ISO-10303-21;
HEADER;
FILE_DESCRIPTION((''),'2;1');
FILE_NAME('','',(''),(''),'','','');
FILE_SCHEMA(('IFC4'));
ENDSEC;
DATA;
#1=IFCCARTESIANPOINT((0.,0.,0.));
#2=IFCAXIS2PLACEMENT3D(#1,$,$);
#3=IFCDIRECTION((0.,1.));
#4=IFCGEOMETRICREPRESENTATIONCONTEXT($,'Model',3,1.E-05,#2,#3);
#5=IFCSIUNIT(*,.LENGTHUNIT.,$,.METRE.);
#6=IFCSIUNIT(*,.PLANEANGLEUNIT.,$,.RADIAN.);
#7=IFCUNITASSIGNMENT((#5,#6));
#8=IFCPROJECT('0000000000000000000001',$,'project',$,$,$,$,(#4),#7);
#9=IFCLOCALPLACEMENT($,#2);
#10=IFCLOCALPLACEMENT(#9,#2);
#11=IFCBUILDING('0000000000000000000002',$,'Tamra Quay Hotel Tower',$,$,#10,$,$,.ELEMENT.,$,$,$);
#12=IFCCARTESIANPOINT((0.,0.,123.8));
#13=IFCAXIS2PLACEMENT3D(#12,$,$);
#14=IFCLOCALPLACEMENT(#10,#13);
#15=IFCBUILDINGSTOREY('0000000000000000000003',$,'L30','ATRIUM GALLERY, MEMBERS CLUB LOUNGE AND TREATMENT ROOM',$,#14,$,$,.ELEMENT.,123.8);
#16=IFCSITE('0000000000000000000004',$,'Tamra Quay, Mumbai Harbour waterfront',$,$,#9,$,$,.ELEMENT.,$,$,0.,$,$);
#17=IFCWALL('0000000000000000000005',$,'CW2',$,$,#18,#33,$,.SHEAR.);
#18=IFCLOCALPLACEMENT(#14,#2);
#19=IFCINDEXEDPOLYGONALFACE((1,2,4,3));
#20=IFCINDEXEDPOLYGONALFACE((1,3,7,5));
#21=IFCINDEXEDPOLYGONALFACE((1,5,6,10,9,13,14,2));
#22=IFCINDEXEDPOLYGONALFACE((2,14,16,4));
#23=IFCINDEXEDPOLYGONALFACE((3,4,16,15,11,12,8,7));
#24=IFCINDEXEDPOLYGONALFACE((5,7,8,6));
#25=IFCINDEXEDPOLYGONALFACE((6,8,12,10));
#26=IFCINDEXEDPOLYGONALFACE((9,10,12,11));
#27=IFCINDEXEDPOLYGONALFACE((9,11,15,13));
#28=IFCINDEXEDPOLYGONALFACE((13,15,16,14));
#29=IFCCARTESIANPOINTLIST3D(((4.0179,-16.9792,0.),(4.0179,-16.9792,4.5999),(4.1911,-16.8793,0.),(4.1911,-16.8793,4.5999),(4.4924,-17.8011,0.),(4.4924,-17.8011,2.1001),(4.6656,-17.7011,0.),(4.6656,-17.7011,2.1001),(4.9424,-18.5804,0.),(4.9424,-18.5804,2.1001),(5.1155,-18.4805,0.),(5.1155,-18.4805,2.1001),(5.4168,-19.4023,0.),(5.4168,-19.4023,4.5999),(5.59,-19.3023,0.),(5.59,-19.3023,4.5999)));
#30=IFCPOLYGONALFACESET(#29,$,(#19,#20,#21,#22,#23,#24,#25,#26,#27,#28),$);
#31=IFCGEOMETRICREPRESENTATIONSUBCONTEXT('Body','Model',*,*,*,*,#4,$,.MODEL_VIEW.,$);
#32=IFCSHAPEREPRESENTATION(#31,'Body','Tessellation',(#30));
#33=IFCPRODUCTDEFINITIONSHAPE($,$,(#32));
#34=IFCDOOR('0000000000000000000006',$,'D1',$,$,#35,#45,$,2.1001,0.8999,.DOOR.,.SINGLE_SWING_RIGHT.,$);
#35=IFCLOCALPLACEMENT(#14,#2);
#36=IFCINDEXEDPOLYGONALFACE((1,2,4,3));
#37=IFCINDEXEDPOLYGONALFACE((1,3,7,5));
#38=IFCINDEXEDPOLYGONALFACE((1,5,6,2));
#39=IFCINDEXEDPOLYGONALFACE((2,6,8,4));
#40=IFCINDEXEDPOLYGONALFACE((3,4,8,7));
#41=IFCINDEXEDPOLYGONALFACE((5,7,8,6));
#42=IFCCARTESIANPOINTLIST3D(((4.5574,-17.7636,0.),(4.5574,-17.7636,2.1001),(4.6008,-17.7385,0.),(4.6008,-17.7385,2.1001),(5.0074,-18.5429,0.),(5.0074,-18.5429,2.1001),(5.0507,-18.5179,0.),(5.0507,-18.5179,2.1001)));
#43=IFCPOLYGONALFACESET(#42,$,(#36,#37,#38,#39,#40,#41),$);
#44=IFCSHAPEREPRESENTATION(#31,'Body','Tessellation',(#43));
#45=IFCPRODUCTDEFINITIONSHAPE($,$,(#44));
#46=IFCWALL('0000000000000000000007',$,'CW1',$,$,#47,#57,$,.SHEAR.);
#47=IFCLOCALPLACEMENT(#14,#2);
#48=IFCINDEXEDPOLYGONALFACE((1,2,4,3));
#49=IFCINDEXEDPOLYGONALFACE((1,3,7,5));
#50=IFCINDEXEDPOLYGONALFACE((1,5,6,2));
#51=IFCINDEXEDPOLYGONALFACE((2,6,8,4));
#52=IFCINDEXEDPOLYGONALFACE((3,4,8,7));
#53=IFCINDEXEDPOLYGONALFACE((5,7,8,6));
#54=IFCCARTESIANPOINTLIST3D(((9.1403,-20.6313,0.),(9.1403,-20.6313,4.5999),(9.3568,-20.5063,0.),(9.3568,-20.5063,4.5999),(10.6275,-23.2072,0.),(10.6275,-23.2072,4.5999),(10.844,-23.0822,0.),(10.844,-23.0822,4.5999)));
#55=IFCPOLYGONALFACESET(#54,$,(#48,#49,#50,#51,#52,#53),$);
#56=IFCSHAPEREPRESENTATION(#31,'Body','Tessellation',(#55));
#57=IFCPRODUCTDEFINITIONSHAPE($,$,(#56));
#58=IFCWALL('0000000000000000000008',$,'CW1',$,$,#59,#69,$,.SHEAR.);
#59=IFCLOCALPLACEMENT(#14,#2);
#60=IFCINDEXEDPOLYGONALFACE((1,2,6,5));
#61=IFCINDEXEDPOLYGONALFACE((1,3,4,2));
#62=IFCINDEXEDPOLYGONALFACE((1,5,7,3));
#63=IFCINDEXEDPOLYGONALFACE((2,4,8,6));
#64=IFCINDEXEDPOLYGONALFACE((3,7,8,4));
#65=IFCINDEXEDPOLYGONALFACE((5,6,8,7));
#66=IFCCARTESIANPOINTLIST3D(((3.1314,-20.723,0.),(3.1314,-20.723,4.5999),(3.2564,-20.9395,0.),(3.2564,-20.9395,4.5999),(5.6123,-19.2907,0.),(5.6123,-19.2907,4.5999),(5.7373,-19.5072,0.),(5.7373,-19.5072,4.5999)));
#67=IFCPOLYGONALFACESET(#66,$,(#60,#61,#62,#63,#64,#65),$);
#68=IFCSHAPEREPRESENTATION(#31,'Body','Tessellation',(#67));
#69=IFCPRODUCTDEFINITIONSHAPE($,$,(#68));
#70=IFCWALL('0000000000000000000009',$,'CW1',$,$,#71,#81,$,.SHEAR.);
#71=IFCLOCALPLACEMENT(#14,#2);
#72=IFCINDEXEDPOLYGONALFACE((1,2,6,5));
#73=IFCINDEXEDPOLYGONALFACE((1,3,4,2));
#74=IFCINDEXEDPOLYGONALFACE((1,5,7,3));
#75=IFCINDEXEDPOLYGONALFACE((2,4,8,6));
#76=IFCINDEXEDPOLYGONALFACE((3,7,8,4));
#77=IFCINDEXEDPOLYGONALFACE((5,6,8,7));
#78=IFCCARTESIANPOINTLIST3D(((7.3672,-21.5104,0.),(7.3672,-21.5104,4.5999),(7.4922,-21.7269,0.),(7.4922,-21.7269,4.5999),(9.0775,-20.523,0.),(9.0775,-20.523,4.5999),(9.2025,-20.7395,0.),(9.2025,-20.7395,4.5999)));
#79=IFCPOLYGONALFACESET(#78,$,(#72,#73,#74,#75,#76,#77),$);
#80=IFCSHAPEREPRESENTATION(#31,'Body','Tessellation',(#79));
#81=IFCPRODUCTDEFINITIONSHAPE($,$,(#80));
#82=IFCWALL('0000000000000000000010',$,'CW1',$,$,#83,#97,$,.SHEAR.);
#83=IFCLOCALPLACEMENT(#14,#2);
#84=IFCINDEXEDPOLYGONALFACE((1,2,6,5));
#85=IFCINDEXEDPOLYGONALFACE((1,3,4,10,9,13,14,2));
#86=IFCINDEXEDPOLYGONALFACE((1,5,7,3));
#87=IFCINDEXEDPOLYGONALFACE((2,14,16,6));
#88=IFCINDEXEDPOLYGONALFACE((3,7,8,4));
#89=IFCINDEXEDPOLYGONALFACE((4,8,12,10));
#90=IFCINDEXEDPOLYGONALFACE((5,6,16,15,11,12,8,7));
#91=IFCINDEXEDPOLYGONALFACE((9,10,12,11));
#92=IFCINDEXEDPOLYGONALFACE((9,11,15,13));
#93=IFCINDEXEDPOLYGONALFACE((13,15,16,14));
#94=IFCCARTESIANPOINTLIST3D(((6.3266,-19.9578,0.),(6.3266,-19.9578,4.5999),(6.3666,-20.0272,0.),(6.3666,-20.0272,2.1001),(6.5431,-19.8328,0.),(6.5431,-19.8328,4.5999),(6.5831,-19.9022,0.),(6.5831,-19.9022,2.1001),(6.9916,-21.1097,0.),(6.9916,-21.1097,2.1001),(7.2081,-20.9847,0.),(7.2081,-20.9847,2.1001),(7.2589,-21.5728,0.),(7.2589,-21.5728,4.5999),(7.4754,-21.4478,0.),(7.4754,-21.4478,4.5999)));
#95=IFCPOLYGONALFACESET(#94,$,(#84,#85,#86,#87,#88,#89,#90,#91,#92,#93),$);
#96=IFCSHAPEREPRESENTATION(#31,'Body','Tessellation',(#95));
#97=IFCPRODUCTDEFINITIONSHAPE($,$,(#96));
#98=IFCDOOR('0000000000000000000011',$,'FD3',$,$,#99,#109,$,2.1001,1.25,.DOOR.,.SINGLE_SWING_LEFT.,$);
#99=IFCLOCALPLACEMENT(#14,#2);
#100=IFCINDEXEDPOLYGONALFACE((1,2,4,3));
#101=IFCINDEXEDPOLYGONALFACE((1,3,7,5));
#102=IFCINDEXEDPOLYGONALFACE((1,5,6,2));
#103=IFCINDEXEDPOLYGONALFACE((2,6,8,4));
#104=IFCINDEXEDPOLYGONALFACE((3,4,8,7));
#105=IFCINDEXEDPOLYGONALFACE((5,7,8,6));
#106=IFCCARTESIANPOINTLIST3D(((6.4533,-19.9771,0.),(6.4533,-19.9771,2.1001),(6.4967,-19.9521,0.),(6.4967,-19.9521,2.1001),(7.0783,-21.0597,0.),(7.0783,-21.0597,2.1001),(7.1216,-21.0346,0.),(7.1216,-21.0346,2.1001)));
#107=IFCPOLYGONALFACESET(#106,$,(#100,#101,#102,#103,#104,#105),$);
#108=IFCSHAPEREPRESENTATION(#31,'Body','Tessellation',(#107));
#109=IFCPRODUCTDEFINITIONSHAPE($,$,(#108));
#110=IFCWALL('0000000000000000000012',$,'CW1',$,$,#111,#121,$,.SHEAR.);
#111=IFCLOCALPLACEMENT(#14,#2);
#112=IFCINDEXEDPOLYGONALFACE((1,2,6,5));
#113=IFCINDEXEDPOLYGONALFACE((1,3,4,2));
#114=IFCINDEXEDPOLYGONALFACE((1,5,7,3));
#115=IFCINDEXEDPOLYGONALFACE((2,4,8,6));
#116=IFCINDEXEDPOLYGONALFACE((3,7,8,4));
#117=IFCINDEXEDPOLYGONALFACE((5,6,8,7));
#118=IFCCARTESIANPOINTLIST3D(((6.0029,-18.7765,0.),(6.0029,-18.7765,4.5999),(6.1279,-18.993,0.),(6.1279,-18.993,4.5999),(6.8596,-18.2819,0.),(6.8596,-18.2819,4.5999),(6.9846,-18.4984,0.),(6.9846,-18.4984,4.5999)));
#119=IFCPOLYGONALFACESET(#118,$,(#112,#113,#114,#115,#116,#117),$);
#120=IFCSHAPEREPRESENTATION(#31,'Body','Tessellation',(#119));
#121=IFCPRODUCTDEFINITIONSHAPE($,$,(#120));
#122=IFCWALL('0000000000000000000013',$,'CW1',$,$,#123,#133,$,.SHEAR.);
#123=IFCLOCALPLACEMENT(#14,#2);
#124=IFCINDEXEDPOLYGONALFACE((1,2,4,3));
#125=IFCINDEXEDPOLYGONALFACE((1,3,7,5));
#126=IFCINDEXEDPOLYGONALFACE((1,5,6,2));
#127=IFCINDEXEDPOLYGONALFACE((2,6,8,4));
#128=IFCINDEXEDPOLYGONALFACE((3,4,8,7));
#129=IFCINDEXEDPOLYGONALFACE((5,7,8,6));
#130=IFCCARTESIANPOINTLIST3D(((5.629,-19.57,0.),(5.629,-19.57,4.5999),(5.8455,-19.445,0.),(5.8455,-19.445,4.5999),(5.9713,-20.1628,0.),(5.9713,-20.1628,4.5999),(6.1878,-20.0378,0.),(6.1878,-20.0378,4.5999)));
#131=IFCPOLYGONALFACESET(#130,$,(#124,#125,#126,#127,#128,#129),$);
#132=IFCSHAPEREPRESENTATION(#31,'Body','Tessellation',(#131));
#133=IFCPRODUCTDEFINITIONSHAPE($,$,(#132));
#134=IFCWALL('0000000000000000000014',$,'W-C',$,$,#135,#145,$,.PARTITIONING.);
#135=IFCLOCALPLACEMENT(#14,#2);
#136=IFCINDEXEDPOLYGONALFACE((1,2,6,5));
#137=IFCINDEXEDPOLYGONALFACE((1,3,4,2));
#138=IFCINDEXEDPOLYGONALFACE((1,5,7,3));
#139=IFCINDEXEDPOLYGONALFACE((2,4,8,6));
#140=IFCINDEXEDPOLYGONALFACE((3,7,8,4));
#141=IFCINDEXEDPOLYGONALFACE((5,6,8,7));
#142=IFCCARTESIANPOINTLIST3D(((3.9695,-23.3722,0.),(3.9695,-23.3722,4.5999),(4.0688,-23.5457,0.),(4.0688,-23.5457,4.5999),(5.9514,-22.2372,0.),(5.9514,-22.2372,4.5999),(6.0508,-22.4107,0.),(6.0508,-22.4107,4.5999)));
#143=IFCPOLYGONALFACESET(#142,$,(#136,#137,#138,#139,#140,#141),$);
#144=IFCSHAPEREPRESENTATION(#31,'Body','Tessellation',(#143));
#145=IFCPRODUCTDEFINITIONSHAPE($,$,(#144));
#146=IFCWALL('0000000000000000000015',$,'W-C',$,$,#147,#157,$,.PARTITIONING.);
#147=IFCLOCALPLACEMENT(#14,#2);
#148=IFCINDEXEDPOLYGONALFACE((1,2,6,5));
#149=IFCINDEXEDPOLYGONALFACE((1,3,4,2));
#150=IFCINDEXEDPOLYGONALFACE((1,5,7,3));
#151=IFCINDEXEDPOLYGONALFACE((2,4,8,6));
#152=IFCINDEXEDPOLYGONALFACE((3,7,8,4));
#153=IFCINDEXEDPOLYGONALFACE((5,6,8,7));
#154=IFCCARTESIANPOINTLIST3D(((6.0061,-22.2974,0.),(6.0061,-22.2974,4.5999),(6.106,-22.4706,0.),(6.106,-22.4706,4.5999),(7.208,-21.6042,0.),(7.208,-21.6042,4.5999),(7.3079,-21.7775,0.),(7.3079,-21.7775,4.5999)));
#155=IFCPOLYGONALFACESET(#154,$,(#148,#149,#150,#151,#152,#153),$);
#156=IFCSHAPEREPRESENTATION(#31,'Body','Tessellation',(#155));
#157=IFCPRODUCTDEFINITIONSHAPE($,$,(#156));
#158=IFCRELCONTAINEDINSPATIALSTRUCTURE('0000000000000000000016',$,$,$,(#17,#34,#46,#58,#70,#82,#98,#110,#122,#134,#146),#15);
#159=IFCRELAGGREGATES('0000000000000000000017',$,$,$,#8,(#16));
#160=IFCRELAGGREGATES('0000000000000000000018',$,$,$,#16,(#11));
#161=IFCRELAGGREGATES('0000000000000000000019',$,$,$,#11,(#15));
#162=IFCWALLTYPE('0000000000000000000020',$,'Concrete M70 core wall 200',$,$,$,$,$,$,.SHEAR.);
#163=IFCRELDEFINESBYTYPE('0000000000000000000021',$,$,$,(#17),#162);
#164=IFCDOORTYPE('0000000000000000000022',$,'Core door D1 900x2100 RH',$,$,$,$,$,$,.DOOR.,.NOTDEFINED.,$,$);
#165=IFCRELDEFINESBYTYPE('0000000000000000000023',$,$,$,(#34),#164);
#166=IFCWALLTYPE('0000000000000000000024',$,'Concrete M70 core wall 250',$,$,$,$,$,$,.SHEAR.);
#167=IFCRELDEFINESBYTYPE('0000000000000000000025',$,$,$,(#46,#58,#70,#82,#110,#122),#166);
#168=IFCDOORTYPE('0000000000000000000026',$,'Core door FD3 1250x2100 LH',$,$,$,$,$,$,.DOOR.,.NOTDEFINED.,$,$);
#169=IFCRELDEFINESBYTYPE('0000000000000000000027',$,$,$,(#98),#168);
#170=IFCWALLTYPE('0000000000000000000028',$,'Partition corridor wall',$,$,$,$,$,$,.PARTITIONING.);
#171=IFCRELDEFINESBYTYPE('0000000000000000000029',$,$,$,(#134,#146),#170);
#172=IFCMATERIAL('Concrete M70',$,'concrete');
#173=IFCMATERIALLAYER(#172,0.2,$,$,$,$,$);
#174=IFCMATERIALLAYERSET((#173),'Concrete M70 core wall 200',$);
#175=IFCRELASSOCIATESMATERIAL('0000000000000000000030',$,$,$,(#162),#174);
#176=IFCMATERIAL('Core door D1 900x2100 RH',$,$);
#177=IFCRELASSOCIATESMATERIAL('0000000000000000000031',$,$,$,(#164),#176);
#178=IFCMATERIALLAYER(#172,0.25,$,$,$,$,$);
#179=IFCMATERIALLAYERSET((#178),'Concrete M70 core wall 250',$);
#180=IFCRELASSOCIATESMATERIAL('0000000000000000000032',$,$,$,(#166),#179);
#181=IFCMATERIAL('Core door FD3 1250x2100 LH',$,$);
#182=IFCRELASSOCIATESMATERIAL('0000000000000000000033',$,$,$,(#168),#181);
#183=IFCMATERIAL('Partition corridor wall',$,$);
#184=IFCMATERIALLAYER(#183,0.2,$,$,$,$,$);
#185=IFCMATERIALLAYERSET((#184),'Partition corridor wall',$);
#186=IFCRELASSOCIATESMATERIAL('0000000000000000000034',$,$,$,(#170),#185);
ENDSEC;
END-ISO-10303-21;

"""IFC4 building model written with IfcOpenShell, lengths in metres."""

from ifc_helpers import new_model, si_unit, direction, frame, frame_2d, origin, place, context, subcontext, project, spatial, rectangle, extrude, material, layer, layer_set, type_object, element, fill, save


model = new_model("IFC4")

# Units and contexts
model_context = context("Model", 3, precision=1e-05, world=origin(), true_north=direction((0.0, 1.0)))
body_context = subcontext(model_context, "Body", "Model", "MODEL_VIEW")
ifc_project = project(units=[si_unit("LENGTHUNIT", "METRE"), si_unit("PLANEANGLEUNIT", "RADIAN")], contexts=[model_context])

# Site, building, storey
site_placement = place(None, origin())
site = spatial("IfcSite", under=ifc_project, at=site_placement, Name="Tamra Quay, Mumbai Harbour waterfront", CompositionType="ELEMENT", RefElevation=0.0)
building_placement = place(site_placement, origin())
building = spatial("IfcBuilding", under=site, at=building_placement, Name="Tamra Quay Hotel Tower", CompositionType="ELEMENT")
storey_placement = place(building_placement, frame((0.0, 0.0, 123.8)))
storey = spatial("IfcBuildingStorey", under=building, at=storey_placement, Name="L30", Description="ATRIUM GALLERY, MEMBERS CLUB LOUNGE AND TREATMENT ROOM", CompositionType="ELEMENT", Elevation=123.8)

# Shared definitions
ifc_material_1 = material(Name="Concrete M70", Category="concrete")

# Shared definitions
ifc_layer_1 = layer(ifc_material_1, 0.2)
ifc_layer_set_1 = layer_set([ifc_layer_1], Name="Concrete M70 core wall 200")
wall_type_1 = type_object("IfcWallType", Name="Concrete M70 core wall 200", PredefinedType="SHEAR", material=ifc_layer_set_1)

# Wall, opening, door
wall_1_placement = place(storey_placement, frame((5.5034, -19.3523, 0.0), z_axis=(0.0, 0.0, 1.0), x_axis=(-0.499987, 0.866033, 0.0)))
wall_1 = element("IfcWall", 1, at=wall_1_placement, inside=storey, type_object=wall_type_1, Name="CW2", PredefinedType="SHEAR", context=body_context, shape_type="SweptSolid", body=[
    extrude(rectangle(XDim=2.7979, YDim=0.2, at=frame_2d((1.3989, 0.0))), origin(), (0.0, 0.0, 1.0), 4.5999),
])
opening_1_placement = place(wall_1_placement, frame((0.949, 0.0, 0.0)))
opening_1 = element("IfcOpeningElement", 2, at=opening_1_placement, cuts=wall_1, PredefinedType="OPENING", context=body_context, shape_type="SweptSolid", body=[
    extrude(rectangle(XDim=0.8999, YDim=2.1001, at=frame_2d((0.45, 1.05))), frame((0.0, 0.1099, 0.0), z_axis=(0.0, -1.0, 0.0), x_axis=(1.0, 0.0, 0.0)), (0.0, 0.0, 1.0), 0.22),
])
ifc_material_2 = material(Name="Core door D1 900x2100 RH")
door_type_1 = type_object("IfcDoorType", Name="Core door D1 900x2100 RH", OperationType="NOTDEFINED", PredefinedType="DOOR", material=ifc_material_2)
door_1_placement = place(opening_1_placement, origin())
door_1 = element("IfcDoor", 3, at=door_1_placement, inside=storey, type_object=door_type_1, Name="D1", OperationType="SINGLE_SWING_RIGHT", OverallHeight=2.1001, OverallWidth=0.8999, PredefinedType="DOOR", context=body_context, shape_type="SweptSolid", body=[
    extrude(rectangle(XDim=0.8999, YDim=2.1001, at=frame_2d((0.45, 1.05))), frame((0.0, 0.0249, 0.0), z_axis=(0.0, -1.0, 0.0), x_axis=(1.0, 0.0, 0.0)), (0.0, 0.0, 1.0), 0.05),
])
fill(opening_1, door_1)

# Walls
ifc_layer_2 = layer(ifc_material_1, 0.25)
ifc_layer_set_2 = layer_set([ifc_layer_2], Name="Concrete M70 core wall 250")
wall_type_2 = type_object("IfcWallType", Name="Concrete M70 core wall 250", PredefinedType="SHEAR", material=ifc_layer_set_2)
wall_2_placement = place(storey_placement, frame((10.7358, -23.1448, 0.0), z_axis=(0.0, 0.0, 1.0), x_axis=(-0.500023, 0.866012, 0.0)))
element("IfcWall", 4, at=wall_2_placement, inside=storey, type_object=wall_type_2, Name="CW1", PredefinedType="SHEAR", context=body_context, shape_type="SweptSolid", body=[
    extrude(rectangle(XDim=2.9744, YDim=0.25, at=frame_2d((1.4873, 0.0))), origin(), (0.0, 0.0, 1.0), 4.5999),
])
wall_3_placement = place(storey_placement, frame((5.6748, -19.3989, 0.0), z_axis=(0.0, 0.0, 1.0), x_axis=(-0.866027, -0.499998, 0.0)))
element("IfcWall", 5, at=wall_3_placement, inside=storey, type_object=wall_type_2, Name="CW1", PredefinedType="SHEAR", context=body_context, shape_type="SweptSolid", body=[
    extrude(rectangle(XDim=2.8647, YDim=0.25, at=frame_2d((1.4324, 0.0))), origin(), (0.0, 0.0, 1.0), 4.5999),
])
wall_4_placement = place(storey_placement, frame((9.1399, -20.6313, 0.0), z_axis=(0.0, 0.0, 1.0), x_axis=(-0.866044, -0.499969, 0.0)))
element("IfcWall", 6, at=wall_4_placement, inside=storey, type_object=wall_type_2, Name="CW1", PredefinedType="SHEAR", context=body_context, shape_type="SweptSolid", body=[
    extrude(rectangle(XDim=1.9749, YDim=0.25, at=frame_2d((0.9873, 0.0))), origin(), (0.0, 0.0, 1.0), 4.5999),
])

# Wall, opening, door
wall_5_placement = place(storey_placement, frame((7.3672, -21.5103, 0.0), z_axis=(0.0, 0.0, 1.0), x_axis=(-0.499983, 0.866035, 0.0)))
wall_5 = element("IfcWall", 7, at=wall_5_placement, inside=storey, type_object=wall_type_2, Name="CW1", PredefinedType="SHEAR", context=body_context, shape_type="SweptSolid", body=[
    extrude(rectangle(XDim=1.8647, YDim=0.25, at=frame_2d((0.9324, 0.0))), origin(), (0.0, 0.0, 1.0), 4.5999),
])
opening_2_placement = place(wall_5_placement, frame((0.5347, 0.0, 0.0)))
opening_2 = element("IfcOpeningElement", 8, at=opening_2_placement, cuts=wall_5, PredefinedType="OPENING", context=body_context, shape_type="SweptSolid", body=[
    extrude(rectangle(XDim=1.25, YDim=2.1001, at=frame_2d((0.625, 1.05))), frame((0.0, 0.135, 0.0), z_axis=(0.0, -1.0, 0.0), x_axis=(1.0, 0.0, 0.0)), (0.0, 0.0, 1.0), 0.27),
])
ifc_material_3 = material(Name="Core door FD3 1250x2100 LH")
door_type_2 = type_object("IfcDoorType", Name="Core door FD3 1250x2100 LH", OperationType="NOTDEFINED", PredefinedType="DOOR", material=ifc_material_3)
door_2_placement = place(opening_2_placement, origin())
door_2 = element("IfcDoor", 9, at=door_2_placement, inside=storey, type_object=door_type_2, Name="FD3", OperationType="SINGLE_SWING_LEFT", OverallHeight=2.1001, OverallWidth=1.25, PredefinedType="DOOR", context=body_context, shape_type="SweptSolid", body=[
    extrude(rectangle(XDim=1.25, YDim=2.1001, at=frame_2d((0.625, 1.05))), frame((0.0, 0.0249, 0.0), z_axis=(0.0, -1.0, 0.0), x_axis=(1.0, 0.0, 0.0)), (0.0, 0.0, 1.0), 0.05),
])
fill(opening_2, door_2)

# Walls
wall_6_placement = place(storey_placement, frame((6.0654, -18.8848, 0.0), z_axis=(0.0, 0.0, 1.0), x_axis=(0.866017, 0.500014, 0.0)))
element("IfcWall", 10, at=wall_6_placement, inside=storey, type_object=wall_type_2, Name="CW1", PredefinedType="SHEAR", context=body_context, shape_type="SweptSolid", body=[
    extrude(rectangle(XDim=0.9893, YDim=0.25, at=frame_2d((0.4946, 0.0))), origin(), (0.0, 0.0, 1.0), 4.5999),
])
wall_7_placement = place(storey_placement, frame((6.0796, -20.1003, 0.0), z_axis=(0.0, 0.0, 1.0), x_axis=(-0.500052, 0.865996, 0.0)))
element("IfcWall", 11, at=wall_7_placement, inside=storey, type_object=wall_type_2, Name="CW1", PredefinedType="SHEAR", context=body_context, shape_type="SweptSolid", body=[
    extrude(rectangle(XDim=0.6846, YDim=0.25, at=frame_2d((0.3423, 0.0))), origin(), (0.0, 0.0, 1.0), 4.5999),
])
ifc_material_4 = material(Name="Partition corridor wall")
ifc_layer_3 = layer(ifc_material_4, 0.2)
ifc_layer_set_3 = layer_set([ifc_layer_3], Name="Partition corridor wall")
wall_type_3 = type_object("IfcWallType", Name="Partition corridor wall", PredefinedType="PARTITIONING", material=ifc_layer_set_3)
wall_8_placement = place(storey_placement, frame((4.019, -23.459, 0.0), z_axis=(0.0, 0.0, 1.0), x_axis=(0.867776, 0.496956, 0.0)))
element("IfcWall", 12, at=wall_8_placement, inside=storey, type_object=wall_type_3, Name="W-C", PredefinedType="PARTITIONING", context=body_context, shape_type="SweptSolid", body=[
    extrude(rectangle(XDim=2.2839, YDim=0.2, at=frame_2d((1.1421, 0.0))), origin(), (0.0, 0.0, 1.0), 4.5999),
])
wall_9_placement = place(storey_placement, frame((6.0559, -22.384, 0.0), z_axis=(0.0, 0.0, 1.0), x_axis=(0.866276, 0.499565, 0.0)))
element("IfcWall", 13, at=wall_9_placement, inside=storey, type_object=wall_type_3, Name="W-C", PredefinedType="PARTITIONING", context=body_context, shape_type="SweptSolid", body=[
    extrude(rectangle(XDim=1.3875, YDim=0.2, at=frame_2d((0.6938, 0.0))), origin(), (0.0, 0.0, 1.0), 4.5999),
])

save(model, "model.ifc")
